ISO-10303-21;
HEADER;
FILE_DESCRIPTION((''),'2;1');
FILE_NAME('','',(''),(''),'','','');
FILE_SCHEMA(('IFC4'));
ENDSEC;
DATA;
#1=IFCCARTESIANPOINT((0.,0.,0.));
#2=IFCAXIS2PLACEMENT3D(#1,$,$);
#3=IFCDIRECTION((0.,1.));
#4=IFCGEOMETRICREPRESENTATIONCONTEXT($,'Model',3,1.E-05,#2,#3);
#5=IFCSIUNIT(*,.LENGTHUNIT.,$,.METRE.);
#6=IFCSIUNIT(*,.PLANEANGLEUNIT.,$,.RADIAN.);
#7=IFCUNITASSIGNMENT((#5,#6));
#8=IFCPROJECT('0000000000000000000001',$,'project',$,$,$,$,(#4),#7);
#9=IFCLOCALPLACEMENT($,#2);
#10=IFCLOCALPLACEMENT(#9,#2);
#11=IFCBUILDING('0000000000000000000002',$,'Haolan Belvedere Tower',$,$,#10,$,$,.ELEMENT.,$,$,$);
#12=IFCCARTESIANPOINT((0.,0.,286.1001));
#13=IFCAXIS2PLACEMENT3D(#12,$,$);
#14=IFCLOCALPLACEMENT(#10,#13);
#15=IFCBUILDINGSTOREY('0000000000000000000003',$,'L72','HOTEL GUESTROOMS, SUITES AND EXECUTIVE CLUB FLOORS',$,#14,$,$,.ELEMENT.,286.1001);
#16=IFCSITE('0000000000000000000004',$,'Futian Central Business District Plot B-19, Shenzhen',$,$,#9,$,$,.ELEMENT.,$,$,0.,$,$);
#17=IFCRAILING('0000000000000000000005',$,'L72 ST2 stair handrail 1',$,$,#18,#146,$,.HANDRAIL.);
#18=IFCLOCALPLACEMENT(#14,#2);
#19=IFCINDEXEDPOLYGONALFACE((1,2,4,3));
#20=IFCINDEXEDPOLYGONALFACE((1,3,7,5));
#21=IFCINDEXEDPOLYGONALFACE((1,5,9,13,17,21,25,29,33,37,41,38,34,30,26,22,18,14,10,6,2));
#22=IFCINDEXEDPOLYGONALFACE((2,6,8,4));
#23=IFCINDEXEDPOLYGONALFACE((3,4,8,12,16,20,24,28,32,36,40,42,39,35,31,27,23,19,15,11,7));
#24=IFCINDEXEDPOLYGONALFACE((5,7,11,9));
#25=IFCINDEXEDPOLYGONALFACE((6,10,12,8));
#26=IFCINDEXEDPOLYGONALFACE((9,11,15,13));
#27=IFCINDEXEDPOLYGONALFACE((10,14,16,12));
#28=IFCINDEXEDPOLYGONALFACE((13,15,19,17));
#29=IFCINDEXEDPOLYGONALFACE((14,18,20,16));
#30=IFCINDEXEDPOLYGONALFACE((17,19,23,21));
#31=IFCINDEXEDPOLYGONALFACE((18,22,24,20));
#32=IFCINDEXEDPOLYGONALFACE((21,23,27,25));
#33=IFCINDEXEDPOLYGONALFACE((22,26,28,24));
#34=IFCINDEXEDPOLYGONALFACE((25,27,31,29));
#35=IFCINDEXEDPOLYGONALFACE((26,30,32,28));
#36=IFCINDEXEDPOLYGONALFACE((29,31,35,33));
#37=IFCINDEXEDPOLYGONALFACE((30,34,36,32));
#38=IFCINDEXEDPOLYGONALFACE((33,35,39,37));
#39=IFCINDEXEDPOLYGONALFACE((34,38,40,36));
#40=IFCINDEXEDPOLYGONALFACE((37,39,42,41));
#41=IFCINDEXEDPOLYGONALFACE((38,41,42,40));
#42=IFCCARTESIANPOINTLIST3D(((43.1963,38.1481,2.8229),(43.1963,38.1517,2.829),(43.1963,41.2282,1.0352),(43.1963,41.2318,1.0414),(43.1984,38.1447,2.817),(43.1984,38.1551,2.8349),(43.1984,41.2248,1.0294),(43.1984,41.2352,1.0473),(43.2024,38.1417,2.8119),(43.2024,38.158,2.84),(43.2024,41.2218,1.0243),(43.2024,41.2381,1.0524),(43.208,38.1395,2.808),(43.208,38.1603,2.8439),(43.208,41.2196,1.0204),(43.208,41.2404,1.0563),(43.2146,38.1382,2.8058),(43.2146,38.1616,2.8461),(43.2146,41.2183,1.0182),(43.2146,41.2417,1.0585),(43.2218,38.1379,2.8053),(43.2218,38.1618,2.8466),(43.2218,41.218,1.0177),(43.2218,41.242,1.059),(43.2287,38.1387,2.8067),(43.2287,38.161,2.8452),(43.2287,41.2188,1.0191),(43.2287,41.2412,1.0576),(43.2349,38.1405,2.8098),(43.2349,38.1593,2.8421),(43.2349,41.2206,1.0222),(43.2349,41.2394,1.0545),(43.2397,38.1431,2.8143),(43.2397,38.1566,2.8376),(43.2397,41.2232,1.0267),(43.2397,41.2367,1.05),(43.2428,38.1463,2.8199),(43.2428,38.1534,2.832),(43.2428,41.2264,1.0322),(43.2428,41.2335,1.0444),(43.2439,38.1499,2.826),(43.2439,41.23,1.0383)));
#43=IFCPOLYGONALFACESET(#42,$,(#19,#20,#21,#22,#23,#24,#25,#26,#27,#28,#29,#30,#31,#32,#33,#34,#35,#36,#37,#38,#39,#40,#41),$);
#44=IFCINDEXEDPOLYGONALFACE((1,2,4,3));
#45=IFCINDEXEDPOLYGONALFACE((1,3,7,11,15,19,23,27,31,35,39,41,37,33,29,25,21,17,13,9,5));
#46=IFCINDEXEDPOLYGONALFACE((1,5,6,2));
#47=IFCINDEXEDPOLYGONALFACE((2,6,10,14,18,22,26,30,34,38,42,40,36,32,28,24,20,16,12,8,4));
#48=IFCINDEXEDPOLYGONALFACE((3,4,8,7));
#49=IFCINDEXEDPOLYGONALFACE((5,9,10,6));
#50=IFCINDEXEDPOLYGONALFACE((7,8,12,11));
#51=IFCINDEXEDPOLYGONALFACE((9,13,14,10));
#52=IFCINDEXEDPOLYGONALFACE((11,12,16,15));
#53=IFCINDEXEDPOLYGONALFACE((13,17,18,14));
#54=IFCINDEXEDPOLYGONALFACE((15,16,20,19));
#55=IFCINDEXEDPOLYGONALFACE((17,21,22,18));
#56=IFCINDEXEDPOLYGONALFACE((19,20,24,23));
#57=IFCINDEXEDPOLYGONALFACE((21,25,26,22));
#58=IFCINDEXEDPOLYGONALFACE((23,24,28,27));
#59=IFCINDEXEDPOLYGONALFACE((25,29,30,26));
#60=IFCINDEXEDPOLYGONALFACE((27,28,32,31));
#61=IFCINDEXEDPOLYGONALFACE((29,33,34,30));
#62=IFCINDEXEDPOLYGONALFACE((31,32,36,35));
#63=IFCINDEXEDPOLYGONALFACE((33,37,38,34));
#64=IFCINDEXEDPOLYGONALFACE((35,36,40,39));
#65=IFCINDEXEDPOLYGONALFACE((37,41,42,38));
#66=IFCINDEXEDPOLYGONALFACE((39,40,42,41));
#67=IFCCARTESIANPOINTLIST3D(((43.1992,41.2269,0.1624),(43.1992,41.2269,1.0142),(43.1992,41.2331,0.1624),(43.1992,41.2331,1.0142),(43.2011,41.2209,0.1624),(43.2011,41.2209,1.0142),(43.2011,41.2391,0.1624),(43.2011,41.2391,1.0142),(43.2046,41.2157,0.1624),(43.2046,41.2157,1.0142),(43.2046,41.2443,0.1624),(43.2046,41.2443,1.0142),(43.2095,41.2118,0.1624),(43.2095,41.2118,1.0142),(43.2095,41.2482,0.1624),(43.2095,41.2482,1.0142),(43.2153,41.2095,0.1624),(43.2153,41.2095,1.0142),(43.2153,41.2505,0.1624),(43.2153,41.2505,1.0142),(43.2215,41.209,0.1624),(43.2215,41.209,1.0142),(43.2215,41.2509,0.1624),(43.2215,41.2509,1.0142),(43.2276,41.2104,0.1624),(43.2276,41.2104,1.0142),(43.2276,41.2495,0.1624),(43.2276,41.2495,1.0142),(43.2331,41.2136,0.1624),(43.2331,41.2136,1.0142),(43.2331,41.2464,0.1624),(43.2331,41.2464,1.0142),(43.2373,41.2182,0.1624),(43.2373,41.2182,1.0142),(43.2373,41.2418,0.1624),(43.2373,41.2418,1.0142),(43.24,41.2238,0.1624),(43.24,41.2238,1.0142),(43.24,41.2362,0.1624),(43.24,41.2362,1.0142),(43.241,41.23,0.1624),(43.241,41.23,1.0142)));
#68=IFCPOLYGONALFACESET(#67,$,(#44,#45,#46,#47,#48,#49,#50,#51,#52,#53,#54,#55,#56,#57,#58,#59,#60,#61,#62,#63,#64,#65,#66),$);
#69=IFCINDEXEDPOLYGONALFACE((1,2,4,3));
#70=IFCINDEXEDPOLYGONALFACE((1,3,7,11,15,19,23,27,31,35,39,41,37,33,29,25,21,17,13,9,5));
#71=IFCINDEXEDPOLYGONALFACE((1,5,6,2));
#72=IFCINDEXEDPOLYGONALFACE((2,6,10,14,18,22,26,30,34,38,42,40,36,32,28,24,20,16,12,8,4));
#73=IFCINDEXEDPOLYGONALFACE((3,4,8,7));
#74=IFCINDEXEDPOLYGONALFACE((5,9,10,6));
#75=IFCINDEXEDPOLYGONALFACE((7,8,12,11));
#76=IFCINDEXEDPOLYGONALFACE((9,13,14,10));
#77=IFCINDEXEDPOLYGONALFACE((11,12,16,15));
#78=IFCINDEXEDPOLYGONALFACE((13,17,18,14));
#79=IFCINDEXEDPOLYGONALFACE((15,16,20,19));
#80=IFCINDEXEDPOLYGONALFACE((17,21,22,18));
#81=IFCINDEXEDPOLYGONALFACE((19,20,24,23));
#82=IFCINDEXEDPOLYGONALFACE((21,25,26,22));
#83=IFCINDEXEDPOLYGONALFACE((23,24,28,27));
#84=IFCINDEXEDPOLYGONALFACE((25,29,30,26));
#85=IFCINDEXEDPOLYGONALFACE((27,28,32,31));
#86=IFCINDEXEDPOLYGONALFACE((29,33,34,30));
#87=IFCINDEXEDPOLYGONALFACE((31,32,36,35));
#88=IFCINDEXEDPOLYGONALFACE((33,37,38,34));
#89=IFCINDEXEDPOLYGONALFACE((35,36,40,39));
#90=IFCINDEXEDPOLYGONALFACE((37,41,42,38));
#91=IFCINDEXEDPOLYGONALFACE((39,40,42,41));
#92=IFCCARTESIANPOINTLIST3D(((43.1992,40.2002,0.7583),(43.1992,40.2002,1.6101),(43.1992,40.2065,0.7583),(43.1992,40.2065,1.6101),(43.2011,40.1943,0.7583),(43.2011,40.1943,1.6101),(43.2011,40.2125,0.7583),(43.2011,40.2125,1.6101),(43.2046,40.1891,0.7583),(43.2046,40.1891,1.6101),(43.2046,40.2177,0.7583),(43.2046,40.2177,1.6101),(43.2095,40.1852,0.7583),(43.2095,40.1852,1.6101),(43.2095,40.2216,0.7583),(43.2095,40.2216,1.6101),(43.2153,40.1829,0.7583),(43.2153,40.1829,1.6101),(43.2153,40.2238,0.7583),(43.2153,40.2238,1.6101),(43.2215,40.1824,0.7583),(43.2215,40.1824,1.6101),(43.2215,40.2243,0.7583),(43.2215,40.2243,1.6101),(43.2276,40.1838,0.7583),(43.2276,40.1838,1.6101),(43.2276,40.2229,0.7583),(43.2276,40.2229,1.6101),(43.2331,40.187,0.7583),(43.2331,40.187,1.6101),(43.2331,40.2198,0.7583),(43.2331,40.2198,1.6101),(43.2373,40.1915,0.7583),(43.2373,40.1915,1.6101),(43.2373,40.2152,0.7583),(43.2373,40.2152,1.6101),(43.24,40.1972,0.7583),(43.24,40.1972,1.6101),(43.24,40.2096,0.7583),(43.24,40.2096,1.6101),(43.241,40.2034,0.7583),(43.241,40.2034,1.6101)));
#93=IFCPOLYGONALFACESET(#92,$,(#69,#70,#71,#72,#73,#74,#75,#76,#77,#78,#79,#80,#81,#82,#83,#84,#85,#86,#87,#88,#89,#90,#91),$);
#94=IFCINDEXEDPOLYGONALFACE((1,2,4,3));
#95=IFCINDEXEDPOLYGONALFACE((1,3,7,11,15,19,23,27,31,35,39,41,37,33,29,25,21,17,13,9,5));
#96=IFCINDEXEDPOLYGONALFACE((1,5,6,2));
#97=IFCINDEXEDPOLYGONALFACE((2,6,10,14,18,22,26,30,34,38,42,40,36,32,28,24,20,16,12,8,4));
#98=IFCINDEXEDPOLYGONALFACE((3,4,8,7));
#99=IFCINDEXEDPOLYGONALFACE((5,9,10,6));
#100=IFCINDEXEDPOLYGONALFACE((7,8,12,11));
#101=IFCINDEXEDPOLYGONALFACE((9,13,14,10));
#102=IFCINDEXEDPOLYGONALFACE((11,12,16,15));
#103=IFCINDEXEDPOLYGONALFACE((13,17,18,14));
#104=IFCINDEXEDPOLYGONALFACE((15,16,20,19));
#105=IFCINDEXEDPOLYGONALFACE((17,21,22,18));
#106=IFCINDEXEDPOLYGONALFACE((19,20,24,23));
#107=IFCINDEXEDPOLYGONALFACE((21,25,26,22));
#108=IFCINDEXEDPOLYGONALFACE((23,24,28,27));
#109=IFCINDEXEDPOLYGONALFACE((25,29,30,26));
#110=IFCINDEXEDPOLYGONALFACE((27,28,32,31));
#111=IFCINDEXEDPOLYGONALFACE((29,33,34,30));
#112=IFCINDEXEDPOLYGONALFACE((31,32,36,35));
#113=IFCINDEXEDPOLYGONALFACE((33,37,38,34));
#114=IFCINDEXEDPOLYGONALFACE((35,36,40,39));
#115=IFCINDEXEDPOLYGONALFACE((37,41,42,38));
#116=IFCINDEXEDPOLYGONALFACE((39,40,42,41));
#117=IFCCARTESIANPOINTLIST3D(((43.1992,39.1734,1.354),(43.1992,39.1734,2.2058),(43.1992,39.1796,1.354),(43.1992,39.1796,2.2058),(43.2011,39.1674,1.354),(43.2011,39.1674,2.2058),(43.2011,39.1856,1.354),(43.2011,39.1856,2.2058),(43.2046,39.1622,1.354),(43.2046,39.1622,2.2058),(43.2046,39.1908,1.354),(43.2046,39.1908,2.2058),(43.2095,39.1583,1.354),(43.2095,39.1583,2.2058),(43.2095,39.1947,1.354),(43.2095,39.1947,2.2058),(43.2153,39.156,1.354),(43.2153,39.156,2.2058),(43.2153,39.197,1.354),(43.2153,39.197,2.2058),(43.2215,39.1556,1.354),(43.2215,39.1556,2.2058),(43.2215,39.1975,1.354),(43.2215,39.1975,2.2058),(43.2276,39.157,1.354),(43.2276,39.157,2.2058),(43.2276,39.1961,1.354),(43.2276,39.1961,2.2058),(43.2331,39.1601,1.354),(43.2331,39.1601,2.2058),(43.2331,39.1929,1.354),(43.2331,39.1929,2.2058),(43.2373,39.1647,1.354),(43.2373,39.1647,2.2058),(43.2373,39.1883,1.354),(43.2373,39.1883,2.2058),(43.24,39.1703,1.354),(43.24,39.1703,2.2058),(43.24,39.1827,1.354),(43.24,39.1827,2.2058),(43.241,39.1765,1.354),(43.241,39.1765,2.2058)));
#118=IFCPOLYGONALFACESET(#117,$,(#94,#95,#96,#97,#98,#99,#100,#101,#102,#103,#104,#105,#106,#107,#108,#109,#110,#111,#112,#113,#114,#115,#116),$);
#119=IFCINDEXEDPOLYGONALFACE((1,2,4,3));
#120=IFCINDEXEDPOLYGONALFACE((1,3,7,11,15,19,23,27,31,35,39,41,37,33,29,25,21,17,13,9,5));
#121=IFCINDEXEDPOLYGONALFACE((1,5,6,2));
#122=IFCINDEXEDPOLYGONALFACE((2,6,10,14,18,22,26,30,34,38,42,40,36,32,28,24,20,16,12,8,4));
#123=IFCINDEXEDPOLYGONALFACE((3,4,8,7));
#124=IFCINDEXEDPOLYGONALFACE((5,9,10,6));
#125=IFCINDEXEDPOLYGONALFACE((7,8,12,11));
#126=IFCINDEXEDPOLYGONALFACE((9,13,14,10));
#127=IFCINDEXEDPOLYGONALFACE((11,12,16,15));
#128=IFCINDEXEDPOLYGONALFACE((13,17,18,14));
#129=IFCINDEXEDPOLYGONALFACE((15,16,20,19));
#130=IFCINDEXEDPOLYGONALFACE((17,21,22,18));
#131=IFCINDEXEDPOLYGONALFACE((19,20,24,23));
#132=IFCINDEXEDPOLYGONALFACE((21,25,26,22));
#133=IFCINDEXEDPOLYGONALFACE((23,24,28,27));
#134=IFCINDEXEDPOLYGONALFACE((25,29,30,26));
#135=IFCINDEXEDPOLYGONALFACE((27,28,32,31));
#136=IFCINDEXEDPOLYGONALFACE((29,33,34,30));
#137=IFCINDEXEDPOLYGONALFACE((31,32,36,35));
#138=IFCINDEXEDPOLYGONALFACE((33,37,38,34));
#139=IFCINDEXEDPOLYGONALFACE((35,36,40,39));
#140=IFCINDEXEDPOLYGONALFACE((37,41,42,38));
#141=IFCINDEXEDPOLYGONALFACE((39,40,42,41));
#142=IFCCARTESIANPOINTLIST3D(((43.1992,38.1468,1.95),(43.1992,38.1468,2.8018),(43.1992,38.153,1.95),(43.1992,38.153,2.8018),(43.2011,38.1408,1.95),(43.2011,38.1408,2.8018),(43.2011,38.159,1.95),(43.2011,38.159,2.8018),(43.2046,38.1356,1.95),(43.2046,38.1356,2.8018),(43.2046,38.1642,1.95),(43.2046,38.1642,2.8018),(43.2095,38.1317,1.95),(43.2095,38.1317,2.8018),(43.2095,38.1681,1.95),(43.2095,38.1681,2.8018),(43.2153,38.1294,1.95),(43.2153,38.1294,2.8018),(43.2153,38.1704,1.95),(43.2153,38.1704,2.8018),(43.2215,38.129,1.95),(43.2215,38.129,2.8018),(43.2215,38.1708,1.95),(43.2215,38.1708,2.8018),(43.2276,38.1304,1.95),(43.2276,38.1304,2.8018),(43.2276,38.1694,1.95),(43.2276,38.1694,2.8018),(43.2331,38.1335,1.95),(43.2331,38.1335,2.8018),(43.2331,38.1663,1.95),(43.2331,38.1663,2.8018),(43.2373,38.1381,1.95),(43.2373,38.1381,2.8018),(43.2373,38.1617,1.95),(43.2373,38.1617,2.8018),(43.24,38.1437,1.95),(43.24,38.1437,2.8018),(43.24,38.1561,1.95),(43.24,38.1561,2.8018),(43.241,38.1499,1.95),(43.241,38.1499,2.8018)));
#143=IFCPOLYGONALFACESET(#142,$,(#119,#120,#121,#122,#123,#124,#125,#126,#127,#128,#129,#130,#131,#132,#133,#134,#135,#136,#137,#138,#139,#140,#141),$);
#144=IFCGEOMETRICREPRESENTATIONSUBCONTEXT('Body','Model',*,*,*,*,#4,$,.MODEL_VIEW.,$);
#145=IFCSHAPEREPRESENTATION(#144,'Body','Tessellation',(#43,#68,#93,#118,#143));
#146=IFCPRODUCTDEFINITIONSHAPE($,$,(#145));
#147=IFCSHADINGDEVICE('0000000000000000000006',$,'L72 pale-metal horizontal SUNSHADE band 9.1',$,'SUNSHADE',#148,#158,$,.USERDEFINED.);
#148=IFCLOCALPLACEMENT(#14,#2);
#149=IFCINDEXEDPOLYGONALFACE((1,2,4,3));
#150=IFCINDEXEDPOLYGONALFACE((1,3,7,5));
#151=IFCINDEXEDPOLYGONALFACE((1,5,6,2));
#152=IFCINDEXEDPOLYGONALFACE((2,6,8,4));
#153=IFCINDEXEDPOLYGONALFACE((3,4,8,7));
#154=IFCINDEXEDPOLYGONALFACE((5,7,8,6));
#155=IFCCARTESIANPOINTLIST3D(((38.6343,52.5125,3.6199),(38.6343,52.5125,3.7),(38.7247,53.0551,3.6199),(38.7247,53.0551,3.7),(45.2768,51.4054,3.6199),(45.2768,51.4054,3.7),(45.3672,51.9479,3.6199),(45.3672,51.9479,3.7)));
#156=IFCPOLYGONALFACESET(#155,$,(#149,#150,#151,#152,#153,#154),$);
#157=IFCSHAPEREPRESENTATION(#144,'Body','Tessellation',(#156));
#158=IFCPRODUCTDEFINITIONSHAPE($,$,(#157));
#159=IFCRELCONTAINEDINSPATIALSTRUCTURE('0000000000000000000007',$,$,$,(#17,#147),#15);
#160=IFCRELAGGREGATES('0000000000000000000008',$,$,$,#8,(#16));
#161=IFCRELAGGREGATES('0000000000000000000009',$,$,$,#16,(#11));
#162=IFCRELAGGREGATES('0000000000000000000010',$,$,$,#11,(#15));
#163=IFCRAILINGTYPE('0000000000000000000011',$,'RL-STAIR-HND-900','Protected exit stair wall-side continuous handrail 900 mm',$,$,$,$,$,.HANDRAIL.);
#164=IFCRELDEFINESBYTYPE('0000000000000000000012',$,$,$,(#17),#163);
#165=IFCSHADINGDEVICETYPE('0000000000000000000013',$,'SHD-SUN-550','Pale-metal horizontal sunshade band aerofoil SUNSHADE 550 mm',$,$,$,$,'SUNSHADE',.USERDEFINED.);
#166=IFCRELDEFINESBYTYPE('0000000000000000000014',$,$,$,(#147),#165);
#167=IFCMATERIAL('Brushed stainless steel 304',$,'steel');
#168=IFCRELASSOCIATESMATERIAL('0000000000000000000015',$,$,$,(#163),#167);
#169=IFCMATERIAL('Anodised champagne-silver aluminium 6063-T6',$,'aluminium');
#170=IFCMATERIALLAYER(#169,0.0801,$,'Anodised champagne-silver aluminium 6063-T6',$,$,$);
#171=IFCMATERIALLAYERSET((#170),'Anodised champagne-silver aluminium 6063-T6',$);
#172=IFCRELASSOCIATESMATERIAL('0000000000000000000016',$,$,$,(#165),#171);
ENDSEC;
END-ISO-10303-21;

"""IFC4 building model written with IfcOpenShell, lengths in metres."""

from ifc_helpers import new_model, si_unit, direction, frame, origin, origin_2d, place, context, subcontext, project, spatial, rectangle, circle, extrude, material, layer, layer_set, type_object, element, save


model = new_model("IFC4")

# Units and contexts
model_context = context("Model", 3, precision=1e-05, world=origin(), true_north=direction((0.0, 1.0)))
body_context = subcontext(model_context, "Body", "Model", "MODEL_VIEW")
ifc_project = project(units=[si_unit("LENGTHUNIT", "METRE"), si_unit("PLANEANGLEUNIT", "RADIAN")], contexts=[model_context])

# Site, building, storey
site_placement = place(None, origin())
site = spatial("IfcSite", under=ifc_project, at=site_placement, Name="Futian Central Business District Plot B-19, Shenzhen", CompositionType="ELEMENT", RefElevation=0.0)
building_placement = place(site_placement, origin())
building = spatial("IfcBuilding", under=site, at=building_placement, Name="Haolan Belvedere Tower", CompositionType="ELEMENT")
storey_placement = place(building_placement, frame((0.0, 0.0, 286.1001)))
storey = spatial("IfcBuildingStorey", under=building, at=storey_placement, Name="L72", Description="HOTEL GUESTROOMS, SUITES AND EXECUTIVE CLUB FLOORS", CompositionType="ELEMENT", Elevation=286.1001)

# Railing
ifc_material_1 = material(Name="Brushed stainless steel 304", Category="steel")
railing_type_1 = type_object("IfcRailingType", Name="RL-STAIR-HND-900", Description="Protected exit stair wall-side continuous handrail 900 mm", PredefinedType="HANDRAIL", material=ifc_material_1)
railing_1_placement = place(storey_placement, frame((43.22, 41.23, 0.1624)))
element("IfcRailing", 1, at=railing_1_placement, inside=storey, type_object=railing_type_1, Name="L72 ST2 stair handrail 1", PredefinedType="HANDRAIL", context=body_context, shape_type="SweptSolid", body=[
    extrude(circle(Radius=0.0239, at=origin_2d()), frame((0.0, 0.0, 0.876), z_axis=(0.0, -0.864891, 0.50196), x_axis=(1.0, 0.0, 0.0)), (0.0, 0.0, 1.0), 3.5613),
    extrude(circle(Radius=0.021, at=origin_2d()), origin(), (0.0, 0.0, 1.0), 0.8518),
    extrude(circle(Radius=0.021, at=origin_2d()), frame((0.0, -1.0266, 0.5959)), (0.0, 0.0, 1.0), 0.8518),
    extrude(circle(Radius=0.021, at=origin_2d()), frame((0.0, -2.0535, 1.1917)), (0.0, 0.0, 1.0), 0.8518),
    extrude(circle(Radius=0.021, at=origin_2d()), frame((0.0, -3.0801, 1.7876)), (0.0, 0.0, 1.0), 0.8518),
])

# Shading device
ifc_material_2 = material(Name="Anodised champagne-silver aluminium 6063-T6", Category="aluminium")
ifc_layer_1 = layer(ifc_material_2, 0.0801, Name="Anodised champagne-silver aluminium 6063-T6")
ifc_layer_set_1 = layer_set([ifc_layer_1], Name="Anodised champagne-silver aluminium 6063-T6")
shading_device_type = type_object("IfcShadingDeviceType", Name="SHD-SUN-550", Description="Pale-metal horizontal sunshade band aerofoil SUNSHADE 550 mm", ElementType="SUNSHADE", PredefinedType="USERDEFINED", material=ifc_layer_set_1)
shading_device_placement = place(storey_placement, frame((42.0007, 52.2302, 3.6199), z_axis=(0.0, 0.0, 1.0), x_axis=(-0.986392, 0.164411, 0.0)))
element("IfcShadingDevice", 2, at=shading_device_placement, inside=storey, type_object=shading_device_type, Name="L72 pale-metal horizontal SUNSHADE band 9.1", ObjectType="SUNSHADE", PredefinedType="USERDEFINED", context=body_context, shape_type="SweptSolid", body=[
    extrude(rectangle(XDim=6.7341, YDim=0.55, at=origin_2d()), origin(), (0.0, 0.0, 1.0), 0.0801),
])

save(model, "model.ifc")
